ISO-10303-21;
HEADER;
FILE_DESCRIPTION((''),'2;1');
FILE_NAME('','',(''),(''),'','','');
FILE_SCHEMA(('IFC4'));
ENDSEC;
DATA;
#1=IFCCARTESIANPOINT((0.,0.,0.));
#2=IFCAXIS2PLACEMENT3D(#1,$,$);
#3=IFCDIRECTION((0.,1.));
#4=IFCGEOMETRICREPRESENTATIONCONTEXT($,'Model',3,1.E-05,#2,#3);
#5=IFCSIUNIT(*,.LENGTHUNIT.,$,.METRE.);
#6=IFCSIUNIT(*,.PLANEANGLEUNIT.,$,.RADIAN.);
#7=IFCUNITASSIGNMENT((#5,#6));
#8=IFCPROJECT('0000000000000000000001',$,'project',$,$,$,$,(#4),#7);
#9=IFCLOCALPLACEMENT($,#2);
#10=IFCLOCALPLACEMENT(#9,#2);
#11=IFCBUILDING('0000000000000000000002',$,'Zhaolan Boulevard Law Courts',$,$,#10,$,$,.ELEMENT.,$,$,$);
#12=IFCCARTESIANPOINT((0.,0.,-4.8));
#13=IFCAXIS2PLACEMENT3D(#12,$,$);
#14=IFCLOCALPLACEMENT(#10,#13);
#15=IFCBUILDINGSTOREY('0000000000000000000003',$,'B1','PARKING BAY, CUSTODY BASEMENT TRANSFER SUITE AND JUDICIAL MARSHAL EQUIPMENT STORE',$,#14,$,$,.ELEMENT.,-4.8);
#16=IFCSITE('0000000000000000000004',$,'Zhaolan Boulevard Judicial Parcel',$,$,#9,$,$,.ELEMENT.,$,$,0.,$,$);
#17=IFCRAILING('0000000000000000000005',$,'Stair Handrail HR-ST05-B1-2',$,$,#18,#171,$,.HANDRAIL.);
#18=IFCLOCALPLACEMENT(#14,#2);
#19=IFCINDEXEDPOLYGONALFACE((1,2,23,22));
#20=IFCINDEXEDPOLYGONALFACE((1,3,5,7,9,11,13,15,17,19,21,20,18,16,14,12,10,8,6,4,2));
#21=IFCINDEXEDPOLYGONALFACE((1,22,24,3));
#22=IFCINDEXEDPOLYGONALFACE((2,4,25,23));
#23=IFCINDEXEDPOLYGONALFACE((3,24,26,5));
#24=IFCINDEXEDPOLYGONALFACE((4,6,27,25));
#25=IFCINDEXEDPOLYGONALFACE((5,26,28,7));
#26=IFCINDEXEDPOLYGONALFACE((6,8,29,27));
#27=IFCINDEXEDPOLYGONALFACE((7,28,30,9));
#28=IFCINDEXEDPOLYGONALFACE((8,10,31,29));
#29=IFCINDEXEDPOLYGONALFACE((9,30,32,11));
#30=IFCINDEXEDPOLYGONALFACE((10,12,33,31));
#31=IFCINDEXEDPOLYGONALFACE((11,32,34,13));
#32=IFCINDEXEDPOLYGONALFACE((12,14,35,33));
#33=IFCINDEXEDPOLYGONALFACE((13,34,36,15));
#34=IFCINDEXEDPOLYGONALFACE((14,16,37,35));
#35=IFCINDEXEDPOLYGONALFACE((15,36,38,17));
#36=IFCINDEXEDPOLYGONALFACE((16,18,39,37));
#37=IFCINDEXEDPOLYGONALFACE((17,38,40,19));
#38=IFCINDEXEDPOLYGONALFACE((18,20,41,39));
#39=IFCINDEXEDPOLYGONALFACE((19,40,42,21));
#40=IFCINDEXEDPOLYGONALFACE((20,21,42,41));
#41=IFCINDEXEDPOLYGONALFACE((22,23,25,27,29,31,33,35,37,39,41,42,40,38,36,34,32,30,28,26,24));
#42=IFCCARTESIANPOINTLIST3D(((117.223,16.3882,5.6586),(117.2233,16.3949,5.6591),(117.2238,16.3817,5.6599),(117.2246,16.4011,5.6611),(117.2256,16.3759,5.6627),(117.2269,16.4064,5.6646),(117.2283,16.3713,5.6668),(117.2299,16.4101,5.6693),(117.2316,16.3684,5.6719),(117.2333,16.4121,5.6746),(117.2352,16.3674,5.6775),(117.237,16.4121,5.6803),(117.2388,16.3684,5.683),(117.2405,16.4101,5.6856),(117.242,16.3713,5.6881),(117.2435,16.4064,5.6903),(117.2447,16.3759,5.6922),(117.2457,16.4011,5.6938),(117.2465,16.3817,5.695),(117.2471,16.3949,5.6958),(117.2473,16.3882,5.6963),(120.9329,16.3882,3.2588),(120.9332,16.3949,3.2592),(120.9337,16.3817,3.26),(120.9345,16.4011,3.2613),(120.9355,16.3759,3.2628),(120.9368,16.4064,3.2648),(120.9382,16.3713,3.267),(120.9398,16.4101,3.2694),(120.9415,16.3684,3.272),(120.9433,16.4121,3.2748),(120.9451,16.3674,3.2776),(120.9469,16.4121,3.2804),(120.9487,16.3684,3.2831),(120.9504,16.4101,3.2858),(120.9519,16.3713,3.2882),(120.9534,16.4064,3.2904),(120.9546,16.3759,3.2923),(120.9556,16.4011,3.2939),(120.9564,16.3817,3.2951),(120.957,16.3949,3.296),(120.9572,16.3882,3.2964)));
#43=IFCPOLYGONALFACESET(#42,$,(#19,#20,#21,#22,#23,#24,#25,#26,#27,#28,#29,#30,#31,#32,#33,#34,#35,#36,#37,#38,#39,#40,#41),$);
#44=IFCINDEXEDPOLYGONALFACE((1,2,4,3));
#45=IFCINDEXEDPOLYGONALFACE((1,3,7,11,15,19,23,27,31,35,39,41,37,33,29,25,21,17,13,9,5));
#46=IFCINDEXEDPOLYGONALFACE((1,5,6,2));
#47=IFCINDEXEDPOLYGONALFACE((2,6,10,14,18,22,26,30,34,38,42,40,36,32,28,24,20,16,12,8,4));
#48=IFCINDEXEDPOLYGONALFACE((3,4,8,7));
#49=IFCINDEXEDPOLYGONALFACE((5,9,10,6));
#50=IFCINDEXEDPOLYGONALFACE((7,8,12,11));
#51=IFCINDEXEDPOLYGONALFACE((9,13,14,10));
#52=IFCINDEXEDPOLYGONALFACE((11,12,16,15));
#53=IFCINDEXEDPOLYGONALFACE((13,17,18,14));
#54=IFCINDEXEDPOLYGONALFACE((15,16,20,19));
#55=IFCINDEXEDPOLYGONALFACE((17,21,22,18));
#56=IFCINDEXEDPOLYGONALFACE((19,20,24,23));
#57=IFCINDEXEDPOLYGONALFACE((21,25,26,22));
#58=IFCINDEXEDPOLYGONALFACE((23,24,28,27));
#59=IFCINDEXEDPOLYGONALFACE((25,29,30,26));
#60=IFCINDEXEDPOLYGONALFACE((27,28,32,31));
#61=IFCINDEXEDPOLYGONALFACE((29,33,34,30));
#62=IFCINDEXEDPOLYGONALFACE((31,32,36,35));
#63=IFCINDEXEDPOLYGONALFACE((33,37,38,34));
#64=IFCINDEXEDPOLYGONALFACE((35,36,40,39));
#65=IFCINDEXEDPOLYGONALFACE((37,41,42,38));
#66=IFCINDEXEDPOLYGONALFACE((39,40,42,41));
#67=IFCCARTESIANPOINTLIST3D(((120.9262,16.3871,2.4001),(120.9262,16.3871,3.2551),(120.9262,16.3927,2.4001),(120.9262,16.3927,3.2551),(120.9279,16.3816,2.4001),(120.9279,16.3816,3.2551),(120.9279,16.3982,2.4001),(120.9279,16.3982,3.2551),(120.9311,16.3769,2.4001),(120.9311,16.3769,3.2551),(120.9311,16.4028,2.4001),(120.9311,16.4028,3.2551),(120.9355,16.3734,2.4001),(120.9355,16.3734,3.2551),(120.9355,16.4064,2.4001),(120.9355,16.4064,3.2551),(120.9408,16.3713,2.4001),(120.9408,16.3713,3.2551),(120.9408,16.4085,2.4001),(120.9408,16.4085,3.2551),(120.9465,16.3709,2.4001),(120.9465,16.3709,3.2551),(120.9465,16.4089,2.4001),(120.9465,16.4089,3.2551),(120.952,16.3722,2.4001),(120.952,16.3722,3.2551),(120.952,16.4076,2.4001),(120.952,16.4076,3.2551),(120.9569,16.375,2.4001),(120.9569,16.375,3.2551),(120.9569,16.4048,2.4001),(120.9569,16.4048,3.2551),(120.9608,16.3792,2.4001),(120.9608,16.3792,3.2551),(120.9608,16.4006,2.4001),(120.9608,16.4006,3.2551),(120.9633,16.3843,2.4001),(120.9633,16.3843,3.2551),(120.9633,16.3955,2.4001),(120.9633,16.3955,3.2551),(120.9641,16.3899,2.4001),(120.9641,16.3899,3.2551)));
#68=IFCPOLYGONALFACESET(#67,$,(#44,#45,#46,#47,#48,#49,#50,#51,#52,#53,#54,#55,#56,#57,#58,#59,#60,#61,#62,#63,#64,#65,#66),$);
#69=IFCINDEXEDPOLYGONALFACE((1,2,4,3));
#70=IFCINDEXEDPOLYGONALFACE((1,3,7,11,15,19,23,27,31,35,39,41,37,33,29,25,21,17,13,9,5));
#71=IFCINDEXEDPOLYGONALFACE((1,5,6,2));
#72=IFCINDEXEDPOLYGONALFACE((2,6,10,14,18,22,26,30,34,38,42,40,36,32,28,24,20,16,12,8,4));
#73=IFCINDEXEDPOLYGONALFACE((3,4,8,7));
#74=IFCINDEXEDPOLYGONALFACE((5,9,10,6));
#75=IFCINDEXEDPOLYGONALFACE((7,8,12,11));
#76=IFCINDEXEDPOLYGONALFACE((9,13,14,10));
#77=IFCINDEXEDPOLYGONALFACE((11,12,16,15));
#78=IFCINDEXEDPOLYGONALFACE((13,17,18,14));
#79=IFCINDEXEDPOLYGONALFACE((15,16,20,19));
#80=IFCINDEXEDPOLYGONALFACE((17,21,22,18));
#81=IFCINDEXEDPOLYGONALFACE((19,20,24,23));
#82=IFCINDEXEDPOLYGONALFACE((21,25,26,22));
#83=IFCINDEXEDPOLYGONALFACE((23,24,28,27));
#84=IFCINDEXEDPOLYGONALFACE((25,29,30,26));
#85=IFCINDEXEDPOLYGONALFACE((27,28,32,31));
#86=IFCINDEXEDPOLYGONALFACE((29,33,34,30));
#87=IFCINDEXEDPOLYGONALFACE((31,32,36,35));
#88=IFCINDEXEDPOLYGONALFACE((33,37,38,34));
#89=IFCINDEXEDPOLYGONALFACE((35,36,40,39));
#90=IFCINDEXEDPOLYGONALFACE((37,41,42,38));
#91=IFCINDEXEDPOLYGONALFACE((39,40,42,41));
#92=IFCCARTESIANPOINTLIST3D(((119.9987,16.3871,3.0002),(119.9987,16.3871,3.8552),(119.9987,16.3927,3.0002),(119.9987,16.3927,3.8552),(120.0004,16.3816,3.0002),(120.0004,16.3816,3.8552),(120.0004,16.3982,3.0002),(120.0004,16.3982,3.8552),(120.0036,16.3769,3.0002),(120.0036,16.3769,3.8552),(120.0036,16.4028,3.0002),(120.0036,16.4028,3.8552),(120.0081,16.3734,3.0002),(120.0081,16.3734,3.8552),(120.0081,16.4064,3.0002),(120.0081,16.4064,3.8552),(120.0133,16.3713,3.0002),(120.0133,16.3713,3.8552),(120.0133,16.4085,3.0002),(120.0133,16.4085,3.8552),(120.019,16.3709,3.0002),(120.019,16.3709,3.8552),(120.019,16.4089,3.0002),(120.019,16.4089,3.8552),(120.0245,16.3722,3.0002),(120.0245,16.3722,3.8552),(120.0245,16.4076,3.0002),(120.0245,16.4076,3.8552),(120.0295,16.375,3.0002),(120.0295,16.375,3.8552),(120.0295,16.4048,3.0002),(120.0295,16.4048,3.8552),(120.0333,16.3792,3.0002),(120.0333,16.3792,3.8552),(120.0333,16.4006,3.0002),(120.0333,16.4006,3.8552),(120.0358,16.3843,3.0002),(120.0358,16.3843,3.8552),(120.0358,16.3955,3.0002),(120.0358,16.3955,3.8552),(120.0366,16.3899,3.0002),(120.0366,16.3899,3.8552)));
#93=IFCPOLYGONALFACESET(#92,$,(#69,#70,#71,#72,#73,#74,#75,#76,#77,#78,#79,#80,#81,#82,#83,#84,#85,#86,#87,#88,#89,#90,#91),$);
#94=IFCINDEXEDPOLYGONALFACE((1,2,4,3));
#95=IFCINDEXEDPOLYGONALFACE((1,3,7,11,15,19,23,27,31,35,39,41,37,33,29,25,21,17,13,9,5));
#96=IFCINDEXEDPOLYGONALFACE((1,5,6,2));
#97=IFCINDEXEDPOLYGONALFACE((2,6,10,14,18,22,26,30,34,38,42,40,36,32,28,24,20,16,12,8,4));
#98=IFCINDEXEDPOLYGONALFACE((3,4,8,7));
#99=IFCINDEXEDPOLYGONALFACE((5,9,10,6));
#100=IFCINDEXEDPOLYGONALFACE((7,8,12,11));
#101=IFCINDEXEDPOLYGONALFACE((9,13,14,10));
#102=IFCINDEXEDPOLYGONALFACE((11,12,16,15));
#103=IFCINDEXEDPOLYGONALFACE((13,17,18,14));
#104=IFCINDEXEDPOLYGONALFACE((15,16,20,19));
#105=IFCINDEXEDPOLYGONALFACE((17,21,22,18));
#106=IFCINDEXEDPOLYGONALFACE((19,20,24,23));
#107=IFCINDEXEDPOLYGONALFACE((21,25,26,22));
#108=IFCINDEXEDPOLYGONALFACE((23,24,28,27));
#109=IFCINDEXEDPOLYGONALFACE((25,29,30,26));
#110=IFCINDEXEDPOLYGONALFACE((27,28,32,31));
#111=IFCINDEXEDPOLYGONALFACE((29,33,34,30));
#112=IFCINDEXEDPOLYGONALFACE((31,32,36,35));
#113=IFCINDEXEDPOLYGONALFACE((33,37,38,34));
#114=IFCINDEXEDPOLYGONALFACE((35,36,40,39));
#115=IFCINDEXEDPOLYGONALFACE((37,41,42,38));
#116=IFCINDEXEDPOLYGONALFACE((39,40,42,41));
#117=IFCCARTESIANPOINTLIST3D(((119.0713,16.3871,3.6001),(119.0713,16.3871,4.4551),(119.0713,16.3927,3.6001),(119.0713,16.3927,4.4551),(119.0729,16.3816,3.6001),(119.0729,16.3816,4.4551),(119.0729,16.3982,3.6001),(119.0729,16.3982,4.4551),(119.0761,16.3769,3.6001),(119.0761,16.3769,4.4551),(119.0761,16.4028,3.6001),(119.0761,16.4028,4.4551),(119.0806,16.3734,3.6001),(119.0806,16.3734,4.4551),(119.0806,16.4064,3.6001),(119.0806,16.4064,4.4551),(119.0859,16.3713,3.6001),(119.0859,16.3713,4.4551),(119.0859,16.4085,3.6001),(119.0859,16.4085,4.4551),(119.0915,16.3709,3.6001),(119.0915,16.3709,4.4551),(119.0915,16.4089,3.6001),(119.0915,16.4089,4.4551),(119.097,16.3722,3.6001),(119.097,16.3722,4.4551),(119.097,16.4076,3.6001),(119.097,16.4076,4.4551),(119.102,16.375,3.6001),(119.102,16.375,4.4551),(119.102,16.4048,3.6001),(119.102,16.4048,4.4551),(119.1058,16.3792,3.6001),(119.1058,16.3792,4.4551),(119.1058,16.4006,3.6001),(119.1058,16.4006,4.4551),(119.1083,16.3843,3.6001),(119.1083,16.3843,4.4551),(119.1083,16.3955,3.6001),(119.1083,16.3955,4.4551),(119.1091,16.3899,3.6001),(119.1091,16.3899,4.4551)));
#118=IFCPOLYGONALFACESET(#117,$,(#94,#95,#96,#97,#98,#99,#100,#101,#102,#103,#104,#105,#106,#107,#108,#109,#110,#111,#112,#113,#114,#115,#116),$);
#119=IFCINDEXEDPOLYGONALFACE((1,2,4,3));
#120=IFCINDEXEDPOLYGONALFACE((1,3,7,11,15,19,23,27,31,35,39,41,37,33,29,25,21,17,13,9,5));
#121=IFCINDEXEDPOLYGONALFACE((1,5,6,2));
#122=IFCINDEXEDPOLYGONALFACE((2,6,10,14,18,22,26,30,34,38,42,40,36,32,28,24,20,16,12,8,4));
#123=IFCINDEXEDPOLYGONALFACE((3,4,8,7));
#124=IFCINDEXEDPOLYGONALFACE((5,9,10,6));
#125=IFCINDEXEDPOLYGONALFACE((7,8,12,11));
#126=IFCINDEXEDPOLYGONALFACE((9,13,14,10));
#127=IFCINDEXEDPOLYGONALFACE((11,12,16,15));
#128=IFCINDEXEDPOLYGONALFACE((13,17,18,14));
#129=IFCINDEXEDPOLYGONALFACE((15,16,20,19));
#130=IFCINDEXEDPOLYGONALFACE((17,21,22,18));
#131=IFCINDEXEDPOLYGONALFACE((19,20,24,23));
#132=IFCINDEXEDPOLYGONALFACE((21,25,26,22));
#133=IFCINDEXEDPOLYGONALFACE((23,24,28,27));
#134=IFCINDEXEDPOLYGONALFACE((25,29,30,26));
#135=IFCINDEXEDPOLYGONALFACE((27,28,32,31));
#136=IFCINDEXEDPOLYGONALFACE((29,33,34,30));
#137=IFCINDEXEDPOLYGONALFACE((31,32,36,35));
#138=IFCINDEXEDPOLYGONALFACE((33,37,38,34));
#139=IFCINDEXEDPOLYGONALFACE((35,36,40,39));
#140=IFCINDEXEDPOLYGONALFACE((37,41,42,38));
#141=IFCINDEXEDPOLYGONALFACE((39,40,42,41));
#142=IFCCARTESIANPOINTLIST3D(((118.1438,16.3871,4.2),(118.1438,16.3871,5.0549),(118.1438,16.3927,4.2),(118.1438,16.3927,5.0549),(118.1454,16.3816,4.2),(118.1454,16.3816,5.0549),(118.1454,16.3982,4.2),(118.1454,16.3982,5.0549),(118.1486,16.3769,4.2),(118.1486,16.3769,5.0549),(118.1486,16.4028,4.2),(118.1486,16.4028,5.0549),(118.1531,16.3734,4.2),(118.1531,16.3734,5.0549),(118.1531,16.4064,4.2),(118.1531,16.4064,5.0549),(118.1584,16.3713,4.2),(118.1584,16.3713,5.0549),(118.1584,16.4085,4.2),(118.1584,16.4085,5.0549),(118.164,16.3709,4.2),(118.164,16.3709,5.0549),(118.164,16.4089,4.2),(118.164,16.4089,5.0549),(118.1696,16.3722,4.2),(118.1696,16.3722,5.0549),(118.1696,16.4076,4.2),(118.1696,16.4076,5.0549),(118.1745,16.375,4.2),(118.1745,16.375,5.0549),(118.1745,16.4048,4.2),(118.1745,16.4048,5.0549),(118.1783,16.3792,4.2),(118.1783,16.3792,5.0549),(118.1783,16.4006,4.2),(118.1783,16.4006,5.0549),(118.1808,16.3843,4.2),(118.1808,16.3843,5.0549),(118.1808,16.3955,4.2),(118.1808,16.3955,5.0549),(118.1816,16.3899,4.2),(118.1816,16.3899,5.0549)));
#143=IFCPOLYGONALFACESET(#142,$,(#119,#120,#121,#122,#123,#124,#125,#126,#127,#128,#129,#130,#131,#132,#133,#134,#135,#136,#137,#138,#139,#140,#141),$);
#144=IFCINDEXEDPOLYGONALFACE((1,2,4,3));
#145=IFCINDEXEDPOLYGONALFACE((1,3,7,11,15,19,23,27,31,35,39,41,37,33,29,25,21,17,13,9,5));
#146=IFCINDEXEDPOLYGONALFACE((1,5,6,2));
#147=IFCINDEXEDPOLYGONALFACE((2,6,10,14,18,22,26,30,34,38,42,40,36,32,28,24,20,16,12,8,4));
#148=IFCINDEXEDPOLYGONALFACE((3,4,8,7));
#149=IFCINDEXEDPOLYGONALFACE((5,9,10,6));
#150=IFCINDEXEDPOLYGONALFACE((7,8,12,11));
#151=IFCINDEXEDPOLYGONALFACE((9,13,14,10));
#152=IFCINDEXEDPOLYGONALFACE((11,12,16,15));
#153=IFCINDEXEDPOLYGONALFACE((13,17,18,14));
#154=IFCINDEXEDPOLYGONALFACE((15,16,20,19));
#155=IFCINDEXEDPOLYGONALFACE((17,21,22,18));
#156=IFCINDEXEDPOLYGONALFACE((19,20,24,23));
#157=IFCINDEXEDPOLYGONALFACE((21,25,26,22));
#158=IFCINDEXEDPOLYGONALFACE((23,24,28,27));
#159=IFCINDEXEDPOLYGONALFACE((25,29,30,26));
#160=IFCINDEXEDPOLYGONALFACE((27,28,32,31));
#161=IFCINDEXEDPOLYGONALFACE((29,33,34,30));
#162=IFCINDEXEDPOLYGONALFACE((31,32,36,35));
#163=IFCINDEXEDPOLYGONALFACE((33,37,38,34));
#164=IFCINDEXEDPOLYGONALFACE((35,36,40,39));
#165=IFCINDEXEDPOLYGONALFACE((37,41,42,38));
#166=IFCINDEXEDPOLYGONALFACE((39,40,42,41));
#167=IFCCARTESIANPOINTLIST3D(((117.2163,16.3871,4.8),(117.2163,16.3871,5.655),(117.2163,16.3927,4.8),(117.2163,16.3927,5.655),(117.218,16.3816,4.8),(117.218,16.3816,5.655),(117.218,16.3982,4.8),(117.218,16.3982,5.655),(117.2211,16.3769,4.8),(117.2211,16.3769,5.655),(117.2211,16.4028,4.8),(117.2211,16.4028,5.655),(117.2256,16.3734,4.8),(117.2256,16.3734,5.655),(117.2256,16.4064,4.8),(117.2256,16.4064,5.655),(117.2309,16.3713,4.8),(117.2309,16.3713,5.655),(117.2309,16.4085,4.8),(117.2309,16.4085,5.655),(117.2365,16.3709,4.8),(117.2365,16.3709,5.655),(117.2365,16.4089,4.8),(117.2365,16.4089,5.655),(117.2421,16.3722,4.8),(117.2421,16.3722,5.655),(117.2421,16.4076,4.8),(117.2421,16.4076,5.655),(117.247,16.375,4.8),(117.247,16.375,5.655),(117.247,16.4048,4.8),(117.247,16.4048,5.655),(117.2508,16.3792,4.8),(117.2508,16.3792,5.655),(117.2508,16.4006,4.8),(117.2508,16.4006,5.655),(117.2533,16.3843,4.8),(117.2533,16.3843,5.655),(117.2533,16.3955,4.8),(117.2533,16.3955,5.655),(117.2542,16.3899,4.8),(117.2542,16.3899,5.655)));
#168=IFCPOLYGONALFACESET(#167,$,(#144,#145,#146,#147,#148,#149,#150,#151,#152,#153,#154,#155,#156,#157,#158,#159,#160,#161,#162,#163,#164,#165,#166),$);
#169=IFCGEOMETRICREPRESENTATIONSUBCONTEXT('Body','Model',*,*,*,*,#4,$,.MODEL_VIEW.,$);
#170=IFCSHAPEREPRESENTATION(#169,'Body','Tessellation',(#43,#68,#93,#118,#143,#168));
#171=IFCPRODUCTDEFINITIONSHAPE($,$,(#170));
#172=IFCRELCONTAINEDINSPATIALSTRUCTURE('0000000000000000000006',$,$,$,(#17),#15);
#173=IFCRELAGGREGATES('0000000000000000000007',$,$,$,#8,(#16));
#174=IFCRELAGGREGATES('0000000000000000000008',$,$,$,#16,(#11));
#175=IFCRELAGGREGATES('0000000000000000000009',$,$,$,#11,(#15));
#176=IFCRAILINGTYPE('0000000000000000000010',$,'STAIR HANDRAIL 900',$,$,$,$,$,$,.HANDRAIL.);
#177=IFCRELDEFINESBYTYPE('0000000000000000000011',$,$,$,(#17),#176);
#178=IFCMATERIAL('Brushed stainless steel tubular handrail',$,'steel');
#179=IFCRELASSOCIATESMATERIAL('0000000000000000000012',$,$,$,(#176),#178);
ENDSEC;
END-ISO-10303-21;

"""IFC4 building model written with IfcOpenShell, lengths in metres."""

from ifc_helpers import new_model, si_unit, direction, frame, origin, origin_2d, place, context, subcontext, project, spatial, circle, extrude, material, type_object, element, save


model = new_model("IFC4")

# Units and contexts
model_context = context("Model", 3, precision=1e-05, world=origin(), true_north=direction((0.0, 1.0)))
body_context = subcontext(model_context, "Body", "Model", "MODEL_VIEW")
ifc_project = project(units=[si_unit("LENGTHUNIT", "METRE"), si_unit("PLANEANGLEUNIT", "RADIAN")], contexts=[model_context])

# Site, building, storey
site_placement = place(None, origin())
site = spatial("IfcSite", under=ifc_project, at=site_placement, Name="Zhaolan Boulevard Judicial Parcel", CompositionType="ELEMENT", RefElevation=0.0)
building_placement = place(site_placement, origin())
building = spatial("IfcBuilding", under=site, at=building_placement, Name="Zhaolan Boulevard Law Courts", CompositionType="ELEMENT")
storey_placement = place(building_placement, frame((0.0, 0.0, -4.8)))
storey = spatial("IfcBuildingStorey", under=building, at=storey_placement, Name="B1", Description="PARKING BAY, CUSTODY BASEMENT TRANSFER SUITE AND JUDICIAL MARSHAL EQUIPMENT STORE", CompositionType="ELEMENT", Elevation=-4.8)

# Railing
ifc_material_1 = material(Name="Brushed stainless steel tubular handrail", Category="steel")
railing_type_1 = type_object("IfcRailingType", Name="STAIR HANDRAIL 900", PredefinedType="HANDRAIL", material=ifc_material_1)
railing_1_placement = place(storey_placement, frame((120.9451, 16.3899, 2.4001)))
element("IfcRailing", 1, at=railing_1_placement, inside=storey, type_object=railing_type_1, Name="Stair Handrail HR-ST05-B1-2", PredefinedType="HANDRAIL", context=body_context, shape_type="SweptSolid", body=[
    extrude(circle(Radius=0.0225, at=origin_2d()), frame((0.0, 0.0, 0.8774), z_axis=(-0.839638, 0.0, 0.543146), x_axis=(0.0, -1.0, 0.0)), (0.0, 0.0, 1.0), 4.4185),
    extrude(circle(Radius=0.019, at=origin_2d()), origin(), (0.0, 0.0, 1.0), 0.855),
    extrude(circle(Radius=0.019, at=origin_2d()), frame((-0.9275, 0.0, 0.6001)), (0.0, 0.0, 1.0), 0.855),
    extrude(circle(Radius=0.019, at=origin_2d()), frame((-1.855, 0.0, 1.2)), (0.0, 0.0, 1.0), 0.855),
    extrude(circle(Radius=0.019, at=origin_2d()), frame((-2.7825, 0.0, 1.7998)), (0.0, 0.0, 1.0), 0.855),
    extrude(circle(Radius=0.019, at=origin_2d()), frame((-3.71, 0.0, 2.3999)), (0.0, 0.0, 1.0), 0.855),
])

save(model, "model.ifc")
